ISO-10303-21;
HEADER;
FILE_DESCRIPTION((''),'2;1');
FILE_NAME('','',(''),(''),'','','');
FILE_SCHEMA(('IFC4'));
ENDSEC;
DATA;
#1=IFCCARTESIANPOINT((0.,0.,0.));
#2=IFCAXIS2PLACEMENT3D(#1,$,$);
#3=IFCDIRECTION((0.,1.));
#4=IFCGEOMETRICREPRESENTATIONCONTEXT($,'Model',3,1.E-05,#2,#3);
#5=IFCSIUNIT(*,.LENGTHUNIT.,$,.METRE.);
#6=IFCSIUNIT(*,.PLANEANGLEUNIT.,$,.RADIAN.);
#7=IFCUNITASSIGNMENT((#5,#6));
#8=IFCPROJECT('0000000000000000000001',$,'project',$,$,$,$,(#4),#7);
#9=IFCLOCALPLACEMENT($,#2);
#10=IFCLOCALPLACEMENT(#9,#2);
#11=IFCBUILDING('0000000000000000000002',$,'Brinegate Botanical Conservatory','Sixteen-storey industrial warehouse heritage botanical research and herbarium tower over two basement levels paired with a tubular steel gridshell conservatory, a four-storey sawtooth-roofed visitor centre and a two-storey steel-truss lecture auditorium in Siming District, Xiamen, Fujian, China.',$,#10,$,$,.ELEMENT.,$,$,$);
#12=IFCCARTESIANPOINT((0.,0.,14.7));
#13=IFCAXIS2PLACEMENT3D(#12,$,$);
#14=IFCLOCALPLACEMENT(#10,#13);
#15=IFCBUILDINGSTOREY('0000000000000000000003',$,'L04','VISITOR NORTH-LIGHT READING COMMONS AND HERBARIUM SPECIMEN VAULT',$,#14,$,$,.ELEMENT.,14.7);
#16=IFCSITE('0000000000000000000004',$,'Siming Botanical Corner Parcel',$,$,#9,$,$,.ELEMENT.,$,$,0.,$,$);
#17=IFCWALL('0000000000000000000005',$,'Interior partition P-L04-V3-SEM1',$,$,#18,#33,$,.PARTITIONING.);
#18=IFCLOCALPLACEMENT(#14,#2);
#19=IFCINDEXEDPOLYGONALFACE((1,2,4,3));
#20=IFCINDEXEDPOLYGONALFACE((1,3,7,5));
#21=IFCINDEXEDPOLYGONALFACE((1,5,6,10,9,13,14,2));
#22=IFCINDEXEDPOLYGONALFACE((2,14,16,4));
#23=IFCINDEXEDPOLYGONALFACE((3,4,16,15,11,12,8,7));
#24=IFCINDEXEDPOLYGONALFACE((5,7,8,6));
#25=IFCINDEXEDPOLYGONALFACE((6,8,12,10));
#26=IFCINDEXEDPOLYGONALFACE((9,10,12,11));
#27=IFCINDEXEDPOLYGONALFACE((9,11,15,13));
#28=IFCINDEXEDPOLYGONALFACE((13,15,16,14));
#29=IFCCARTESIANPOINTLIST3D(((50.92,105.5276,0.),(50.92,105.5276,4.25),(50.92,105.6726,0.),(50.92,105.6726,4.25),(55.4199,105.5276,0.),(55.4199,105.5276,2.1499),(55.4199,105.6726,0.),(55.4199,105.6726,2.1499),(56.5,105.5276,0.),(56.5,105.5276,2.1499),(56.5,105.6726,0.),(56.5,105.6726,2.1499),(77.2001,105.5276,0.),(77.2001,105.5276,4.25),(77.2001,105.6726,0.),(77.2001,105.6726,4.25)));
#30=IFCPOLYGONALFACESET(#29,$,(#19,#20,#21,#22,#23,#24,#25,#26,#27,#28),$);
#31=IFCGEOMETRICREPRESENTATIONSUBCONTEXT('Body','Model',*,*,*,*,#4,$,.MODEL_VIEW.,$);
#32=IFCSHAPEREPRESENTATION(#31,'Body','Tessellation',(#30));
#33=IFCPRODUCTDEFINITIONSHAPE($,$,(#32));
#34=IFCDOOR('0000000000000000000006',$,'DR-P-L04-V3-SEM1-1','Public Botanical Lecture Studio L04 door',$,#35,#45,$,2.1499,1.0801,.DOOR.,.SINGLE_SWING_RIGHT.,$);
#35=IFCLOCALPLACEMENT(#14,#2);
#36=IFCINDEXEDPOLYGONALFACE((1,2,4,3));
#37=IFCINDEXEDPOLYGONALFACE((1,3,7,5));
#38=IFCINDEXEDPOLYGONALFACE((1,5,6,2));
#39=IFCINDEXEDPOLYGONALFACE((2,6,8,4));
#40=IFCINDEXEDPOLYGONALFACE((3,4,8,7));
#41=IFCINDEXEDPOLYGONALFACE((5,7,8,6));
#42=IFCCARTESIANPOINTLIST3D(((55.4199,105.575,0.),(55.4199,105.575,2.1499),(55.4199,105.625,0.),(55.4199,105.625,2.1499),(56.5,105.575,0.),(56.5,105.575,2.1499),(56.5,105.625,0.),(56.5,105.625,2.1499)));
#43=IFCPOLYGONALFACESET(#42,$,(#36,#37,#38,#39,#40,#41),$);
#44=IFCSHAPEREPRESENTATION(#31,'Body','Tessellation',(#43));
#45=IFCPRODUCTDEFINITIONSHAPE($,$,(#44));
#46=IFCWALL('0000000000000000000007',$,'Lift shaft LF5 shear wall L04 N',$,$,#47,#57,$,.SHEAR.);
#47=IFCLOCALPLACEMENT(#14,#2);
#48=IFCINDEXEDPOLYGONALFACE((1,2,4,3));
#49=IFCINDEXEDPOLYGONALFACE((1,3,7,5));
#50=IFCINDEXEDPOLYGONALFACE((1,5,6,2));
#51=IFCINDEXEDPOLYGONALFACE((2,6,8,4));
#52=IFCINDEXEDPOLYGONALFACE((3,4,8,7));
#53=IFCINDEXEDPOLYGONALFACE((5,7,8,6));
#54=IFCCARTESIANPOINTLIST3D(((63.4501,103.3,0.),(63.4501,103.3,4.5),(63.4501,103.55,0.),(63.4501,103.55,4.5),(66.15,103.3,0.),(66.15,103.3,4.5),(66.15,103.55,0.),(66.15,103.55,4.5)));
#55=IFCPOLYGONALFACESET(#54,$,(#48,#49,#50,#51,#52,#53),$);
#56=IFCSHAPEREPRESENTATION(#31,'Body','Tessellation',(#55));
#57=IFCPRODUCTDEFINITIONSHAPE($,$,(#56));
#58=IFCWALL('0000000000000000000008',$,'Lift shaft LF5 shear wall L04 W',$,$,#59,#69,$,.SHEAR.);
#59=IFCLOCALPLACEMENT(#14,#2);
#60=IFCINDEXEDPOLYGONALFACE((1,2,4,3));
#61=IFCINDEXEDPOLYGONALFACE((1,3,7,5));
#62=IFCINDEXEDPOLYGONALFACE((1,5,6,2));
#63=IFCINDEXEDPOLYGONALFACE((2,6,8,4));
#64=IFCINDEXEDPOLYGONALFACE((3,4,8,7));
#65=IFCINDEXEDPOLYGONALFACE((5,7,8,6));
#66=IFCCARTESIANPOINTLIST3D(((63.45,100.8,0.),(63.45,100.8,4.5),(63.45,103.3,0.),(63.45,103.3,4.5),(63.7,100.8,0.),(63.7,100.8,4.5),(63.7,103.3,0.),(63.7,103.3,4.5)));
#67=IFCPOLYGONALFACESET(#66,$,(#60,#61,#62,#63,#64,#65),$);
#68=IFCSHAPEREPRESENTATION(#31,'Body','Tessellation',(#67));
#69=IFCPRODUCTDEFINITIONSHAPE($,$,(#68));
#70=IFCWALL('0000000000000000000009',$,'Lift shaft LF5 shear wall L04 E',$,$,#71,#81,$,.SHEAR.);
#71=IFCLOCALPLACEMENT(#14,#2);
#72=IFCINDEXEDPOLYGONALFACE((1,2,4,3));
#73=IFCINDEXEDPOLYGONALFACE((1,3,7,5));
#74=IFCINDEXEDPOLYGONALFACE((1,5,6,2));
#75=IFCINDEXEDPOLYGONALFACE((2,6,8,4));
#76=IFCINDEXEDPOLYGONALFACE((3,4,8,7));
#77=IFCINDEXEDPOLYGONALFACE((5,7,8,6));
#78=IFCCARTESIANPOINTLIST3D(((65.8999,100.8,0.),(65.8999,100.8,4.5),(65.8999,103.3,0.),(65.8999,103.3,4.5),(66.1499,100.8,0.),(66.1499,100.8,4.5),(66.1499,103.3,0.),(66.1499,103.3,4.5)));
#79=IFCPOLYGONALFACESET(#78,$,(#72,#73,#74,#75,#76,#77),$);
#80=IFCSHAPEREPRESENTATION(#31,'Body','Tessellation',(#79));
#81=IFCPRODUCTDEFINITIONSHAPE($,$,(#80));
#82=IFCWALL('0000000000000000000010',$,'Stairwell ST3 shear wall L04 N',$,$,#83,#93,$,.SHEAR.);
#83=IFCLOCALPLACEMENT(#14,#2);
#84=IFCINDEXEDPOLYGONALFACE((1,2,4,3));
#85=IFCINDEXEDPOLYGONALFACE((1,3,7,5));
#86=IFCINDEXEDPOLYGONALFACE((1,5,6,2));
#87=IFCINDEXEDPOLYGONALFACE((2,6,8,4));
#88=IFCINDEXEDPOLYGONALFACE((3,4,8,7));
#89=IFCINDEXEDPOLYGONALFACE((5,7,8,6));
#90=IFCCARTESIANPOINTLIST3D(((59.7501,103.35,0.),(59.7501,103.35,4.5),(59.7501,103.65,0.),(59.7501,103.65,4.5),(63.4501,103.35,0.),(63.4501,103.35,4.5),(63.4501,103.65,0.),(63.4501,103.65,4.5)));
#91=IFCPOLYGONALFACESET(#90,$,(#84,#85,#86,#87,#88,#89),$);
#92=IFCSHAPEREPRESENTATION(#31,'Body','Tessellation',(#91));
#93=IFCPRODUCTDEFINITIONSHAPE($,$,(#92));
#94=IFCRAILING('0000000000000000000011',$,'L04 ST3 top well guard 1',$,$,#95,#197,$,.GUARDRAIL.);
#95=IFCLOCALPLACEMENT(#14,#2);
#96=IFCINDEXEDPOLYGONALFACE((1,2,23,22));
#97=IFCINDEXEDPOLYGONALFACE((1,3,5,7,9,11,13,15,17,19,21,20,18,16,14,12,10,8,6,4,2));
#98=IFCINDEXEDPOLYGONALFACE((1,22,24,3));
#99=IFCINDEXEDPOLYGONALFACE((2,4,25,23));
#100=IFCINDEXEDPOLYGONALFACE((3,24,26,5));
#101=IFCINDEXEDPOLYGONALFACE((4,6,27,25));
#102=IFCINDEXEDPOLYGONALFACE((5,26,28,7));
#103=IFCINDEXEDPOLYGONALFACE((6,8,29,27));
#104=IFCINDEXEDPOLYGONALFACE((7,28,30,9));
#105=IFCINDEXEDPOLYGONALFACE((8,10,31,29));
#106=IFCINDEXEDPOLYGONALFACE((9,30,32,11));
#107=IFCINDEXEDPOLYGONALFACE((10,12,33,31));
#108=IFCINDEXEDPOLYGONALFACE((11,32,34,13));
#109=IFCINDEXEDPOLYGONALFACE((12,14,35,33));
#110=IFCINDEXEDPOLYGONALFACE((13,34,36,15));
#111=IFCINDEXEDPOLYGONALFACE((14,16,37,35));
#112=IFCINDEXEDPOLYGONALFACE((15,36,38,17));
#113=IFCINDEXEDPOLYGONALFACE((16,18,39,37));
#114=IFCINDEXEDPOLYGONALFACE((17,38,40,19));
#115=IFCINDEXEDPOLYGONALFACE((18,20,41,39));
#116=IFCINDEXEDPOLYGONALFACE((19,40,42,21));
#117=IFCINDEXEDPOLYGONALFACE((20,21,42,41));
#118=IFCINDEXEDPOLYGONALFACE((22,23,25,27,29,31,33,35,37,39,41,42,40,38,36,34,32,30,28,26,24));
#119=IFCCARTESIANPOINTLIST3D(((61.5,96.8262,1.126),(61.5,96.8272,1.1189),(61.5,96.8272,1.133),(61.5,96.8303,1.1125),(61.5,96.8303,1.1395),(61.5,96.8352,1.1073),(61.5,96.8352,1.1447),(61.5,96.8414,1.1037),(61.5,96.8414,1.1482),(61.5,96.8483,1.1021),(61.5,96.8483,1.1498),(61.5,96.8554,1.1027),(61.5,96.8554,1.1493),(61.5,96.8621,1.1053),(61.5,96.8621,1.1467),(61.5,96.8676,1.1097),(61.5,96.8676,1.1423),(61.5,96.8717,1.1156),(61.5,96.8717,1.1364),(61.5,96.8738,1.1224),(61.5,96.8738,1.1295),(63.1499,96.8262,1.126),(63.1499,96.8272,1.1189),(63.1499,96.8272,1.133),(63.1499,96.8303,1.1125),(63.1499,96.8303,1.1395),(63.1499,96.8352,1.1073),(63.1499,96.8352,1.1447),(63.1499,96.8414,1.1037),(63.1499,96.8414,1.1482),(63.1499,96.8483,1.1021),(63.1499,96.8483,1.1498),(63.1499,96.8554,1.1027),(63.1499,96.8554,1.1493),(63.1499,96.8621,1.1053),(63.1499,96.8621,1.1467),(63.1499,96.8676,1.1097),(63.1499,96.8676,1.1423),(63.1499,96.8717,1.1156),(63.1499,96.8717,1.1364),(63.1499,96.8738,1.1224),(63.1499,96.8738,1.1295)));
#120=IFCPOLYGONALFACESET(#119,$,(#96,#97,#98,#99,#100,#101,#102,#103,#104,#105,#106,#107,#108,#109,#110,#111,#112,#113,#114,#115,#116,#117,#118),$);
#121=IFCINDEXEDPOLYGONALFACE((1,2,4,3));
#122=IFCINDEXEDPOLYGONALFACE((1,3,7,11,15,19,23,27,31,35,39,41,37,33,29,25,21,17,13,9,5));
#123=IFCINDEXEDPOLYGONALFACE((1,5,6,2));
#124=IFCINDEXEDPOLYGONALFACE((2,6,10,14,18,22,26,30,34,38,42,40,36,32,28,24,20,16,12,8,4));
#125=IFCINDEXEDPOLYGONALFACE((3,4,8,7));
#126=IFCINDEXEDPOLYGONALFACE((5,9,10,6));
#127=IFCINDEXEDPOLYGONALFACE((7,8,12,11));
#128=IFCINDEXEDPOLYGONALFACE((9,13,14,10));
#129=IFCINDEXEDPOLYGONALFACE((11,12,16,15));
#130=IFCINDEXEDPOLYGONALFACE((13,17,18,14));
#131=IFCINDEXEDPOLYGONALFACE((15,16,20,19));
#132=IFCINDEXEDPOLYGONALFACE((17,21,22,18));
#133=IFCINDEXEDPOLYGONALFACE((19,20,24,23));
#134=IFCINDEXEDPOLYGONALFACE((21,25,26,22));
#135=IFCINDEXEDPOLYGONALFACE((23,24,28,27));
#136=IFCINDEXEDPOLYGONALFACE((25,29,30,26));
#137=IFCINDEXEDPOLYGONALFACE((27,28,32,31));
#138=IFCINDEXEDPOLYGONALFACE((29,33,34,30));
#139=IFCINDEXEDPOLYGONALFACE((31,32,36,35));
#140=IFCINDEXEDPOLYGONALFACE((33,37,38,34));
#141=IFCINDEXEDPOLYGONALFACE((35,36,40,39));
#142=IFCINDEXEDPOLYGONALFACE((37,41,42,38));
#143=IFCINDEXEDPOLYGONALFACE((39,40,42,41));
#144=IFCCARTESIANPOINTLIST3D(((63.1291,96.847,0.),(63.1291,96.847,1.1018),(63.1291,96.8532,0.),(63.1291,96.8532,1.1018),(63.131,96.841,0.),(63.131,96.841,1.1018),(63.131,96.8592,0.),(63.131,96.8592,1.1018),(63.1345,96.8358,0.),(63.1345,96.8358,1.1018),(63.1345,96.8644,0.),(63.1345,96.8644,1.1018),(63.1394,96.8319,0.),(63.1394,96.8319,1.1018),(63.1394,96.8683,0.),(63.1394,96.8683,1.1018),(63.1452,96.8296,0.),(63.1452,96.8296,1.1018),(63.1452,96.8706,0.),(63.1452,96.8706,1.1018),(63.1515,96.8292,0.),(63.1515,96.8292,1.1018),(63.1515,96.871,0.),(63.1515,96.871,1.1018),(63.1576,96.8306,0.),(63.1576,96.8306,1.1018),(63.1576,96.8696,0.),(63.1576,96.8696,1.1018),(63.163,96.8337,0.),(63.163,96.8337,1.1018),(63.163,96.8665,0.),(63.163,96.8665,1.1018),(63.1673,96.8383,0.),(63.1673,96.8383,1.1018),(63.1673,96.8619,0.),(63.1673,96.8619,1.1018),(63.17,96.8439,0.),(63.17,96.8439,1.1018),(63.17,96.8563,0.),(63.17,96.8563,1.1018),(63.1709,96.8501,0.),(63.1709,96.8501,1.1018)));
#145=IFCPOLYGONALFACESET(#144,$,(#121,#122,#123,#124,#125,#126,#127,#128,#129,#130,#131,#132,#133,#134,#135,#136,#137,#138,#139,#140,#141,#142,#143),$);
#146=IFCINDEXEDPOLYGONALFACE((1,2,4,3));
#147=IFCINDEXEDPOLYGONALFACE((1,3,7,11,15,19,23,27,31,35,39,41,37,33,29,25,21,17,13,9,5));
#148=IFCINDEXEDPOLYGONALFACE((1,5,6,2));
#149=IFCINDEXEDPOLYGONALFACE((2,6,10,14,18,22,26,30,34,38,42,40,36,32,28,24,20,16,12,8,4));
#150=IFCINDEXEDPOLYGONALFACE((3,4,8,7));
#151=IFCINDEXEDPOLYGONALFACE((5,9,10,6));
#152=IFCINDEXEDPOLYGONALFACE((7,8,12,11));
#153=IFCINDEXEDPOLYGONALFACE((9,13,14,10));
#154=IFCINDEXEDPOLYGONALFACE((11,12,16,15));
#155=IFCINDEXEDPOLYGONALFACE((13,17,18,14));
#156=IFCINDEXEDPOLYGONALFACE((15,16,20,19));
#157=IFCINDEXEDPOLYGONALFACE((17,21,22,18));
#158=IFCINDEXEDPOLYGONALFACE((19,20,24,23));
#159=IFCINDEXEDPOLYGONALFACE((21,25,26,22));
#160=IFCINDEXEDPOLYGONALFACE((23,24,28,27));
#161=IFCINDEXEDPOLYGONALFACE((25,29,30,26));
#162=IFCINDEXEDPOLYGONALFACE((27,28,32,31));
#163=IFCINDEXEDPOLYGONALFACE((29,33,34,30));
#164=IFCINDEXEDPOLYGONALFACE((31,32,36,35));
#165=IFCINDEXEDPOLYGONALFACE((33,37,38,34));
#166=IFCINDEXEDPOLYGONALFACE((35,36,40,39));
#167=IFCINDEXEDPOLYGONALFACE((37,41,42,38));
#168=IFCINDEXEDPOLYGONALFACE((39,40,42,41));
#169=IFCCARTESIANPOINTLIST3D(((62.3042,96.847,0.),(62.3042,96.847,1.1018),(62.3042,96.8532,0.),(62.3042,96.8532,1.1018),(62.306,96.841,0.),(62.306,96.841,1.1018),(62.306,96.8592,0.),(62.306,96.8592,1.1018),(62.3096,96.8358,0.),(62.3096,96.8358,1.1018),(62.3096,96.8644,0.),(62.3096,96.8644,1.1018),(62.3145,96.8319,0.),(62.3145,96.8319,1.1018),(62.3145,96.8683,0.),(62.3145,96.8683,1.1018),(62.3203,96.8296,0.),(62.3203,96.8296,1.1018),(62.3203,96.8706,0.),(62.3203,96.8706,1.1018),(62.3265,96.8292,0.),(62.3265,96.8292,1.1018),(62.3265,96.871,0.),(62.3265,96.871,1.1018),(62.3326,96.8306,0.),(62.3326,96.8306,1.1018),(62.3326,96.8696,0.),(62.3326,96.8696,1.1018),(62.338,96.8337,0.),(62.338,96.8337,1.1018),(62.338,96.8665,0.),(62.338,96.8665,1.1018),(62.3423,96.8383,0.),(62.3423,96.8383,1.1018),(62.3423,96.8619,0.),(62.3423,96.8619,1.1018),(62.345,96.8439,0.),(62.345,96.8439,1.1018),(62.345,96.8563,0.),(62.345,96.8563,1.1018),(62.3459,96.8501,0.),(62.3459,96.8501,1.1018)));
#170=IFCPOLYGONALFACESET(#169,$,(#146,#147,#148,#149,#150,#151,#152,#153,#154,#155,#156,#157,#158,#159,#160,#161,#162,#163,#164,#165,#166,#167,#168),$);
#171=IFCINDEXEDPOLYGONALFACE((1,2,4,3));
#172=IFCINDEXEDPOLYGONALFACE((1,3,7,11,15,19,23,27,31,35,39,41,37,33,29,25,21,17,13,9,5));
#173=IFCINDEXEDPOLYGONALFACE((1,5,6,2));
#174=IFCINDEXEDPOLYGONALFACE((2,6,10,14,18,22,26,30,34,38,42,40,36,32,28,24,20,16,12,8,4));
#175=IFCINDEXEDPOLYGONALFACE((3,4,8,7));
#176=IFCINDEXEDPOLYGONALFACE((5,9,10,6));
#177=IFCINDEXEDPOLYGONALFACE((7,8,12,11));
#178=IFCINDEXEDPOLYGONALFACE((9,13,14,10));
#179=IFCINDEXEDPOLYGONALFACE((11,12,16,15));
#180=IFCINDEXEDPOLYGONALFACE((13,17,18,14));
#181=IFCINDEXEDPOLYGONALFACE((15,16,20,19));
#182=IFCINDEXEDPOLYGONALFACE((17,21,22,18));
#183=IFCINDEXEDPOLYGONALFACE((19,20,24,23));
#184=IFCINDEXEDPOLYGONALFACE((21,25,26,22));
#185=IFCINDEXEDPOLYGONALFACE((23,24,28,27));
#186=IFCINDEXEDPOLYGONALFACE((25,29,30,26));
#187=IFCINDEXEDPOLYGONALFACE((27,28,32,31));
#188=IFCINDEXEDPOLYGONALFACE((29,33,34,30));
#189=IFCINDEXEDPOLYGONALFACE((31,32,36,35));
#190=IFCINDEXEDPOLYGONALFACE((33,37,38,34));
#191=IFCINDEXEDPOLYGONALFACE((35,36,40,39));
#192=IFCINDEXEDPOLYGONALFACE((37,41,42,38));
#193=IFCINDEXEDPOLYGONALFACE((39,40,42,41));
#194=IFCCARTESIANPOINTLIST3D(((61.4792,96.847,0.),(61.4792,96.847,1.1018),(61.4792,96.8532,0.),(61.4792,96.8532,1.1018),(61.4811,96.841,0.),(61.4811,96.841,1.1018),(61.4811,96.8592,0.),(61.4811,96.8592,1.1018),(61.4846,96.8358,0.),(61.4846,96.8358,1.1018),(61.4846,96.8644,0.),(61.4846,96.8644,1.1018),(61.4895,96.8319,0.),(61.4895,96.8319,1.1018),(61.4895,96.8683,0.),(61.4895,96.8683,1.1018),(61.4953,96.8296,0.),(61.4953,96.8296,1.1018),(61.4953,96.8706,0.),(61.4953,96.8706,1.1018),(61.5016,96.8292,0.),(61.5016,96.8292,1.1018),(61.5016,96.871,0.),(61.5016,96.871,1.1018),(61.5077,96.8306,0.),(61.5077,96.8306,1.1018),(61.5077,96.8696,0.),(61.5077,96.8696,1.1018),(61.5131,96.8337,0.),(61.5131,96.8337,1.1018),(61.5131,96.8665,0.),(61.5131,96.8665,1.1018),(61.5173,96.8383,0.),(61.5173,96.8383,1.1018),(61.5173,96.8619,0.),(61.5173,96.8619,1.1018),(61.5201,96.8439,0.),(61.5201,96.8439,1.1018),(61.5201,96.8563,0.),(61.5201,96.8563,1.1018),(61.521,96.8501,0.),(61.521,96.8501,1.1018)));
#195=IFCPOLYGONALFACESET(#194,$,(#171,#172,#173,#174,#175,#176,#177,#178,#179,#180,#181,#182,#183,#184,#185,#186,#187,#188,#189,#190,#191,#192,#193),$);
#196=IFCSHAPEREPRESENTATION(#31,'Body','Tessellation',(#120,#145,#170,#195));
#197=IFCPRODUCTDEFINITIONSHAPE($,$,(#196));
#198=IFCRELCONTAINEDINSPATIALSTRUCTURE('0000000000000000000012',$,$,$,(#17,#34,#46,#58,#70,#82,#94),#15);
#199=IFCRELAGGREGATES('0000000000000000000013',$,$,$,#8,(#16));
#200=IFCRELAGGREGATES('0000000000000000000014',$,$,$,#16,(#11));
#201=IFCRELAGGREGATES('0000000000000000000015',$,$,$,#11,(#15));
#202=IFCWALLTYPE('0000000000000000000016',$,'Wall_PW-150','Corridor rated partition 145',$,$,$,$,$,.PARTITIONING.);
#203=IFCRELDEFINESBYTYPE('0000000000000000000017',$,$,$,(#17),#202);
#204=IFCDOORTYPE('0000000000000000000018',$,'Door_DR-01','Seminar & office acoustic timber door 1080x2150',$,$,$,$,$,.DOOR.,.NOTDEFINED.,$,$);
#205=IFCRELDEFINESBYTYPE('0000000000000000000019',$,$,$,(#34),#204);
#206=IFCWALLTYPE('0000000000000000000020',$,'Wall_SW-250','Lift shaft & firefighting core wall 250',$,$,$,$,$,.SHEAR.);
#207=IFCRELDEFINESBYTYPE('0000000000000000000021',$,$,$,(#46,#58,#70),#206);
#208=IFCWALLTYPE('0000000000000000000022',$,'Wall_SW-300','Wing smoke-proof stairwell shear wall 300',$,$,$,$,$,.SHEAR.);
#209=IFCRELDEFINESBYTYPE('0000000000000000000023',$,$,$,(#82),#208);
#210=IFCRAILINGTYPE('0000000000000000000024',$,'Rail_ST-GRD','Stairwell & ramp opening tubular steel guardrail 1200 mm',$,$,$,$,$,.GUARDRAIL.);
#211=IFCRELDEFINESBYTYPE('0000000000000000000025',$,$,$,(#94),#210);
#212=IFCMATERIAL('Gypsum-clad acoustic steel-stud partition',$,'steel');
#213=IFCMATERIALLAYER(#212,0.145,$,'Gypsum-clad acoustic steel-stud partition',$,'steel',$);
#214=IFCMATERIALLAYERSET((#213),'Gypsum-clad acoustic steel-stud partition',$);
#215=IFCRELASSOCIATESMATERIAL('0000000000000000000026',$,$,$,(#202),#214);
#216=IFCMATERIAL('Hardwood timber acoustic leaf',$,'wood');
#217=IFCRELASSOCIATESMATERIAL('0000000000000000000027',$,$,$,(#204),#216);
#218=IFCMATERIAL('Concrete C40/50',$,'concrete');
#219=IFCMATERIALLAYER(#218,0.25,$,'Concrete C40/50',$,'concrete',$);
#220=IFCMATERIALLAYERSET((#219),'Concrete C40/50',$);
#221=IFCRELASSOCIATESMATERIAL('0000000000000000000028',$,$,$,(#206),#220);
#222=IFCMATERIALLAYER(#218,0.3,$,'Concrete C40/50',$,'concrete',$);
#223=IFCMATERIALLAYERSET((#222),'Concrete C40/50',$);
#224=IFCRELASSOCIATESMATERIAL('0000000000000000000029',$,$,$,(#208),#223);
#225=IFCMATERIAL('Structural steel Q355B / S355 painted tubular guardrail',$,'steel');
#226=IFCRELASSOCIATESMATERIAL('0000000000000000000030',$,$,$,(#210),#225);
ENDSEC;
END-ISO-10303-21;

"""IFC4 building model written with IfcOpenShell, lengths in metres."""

from ifc_helpers import new_model, si_unit, direction, frame, frame_2d, origin, origin_2d, place, context, subcontext, project, spatial, rectangle, circle, extrude, material, layer, layer_set, type_object, element, fill, save


model = new_model("IFC4")

# Units and contexts
model_context = context("Model", 3, precision=1e-05, world=origin(), true_north=direction((0.0, 1.0)))
body_context = subcontext(model_context, "Body", "Model", "MODEL_VIEW")
ifc_project = project(units=[si_unit("LENGTHUNIT", "METRE"), si_unit("PLANEANGLEUNIT", "RADIAN")], contexts=[model_context])

# Site, building, storey
site_placement = place(None, origin())
site = spatial("IfcSite", under=ifc_project, at=site_placement, Name="Siming Botanical Corner Parcel", CompositionType="ELEMENT", RefElevation=0.0)
building_placement = place(site_placement, origin())
building = spatial("IfcBuilding", under=site, at=building_placement, Name="Brinegate Botanical Conservatory", Description="Sixteen-storey industrial warehouse heritage botanical research and herbarium tower over two basement levels paired with a tubular steel gridshell conservatory, a four-storey sawtooth-roofed visitor centre and a two-storey steel-truss lecture auditorium in Siming District, Xiamen, Fujian, China.", CompositionType="ELEMENT")
storey_placement = place(building_placement, frame((0.0, 0.0, 14.7)))
storey = spatial("IfcBuildingStorey", under=building, at=storey_placement, Name="L04", Description="VISITOR NORTH-LIGHT READING COMMONS AND HERBARIUM SPECIMEN VAULT", CompositionType="ELEMENT", Elevation=14.7)

# Shared definitions
ifc_material_1 = material(Name="Concrete C40/50", Category="concrete")

# Wall, opening, door
ifc_material_2 = material(Name="Gypsum-clad acoustic steel-stud partition", Category="steel")
ifc_layer_1 = layer(ifc_material_2, 0.145, Name="Gypsum-clad acoustic steel-stud partition", Category="steel")
ifc_layer_set_1 = layer_set([ifc_layer_1], Name="Gypsum-clad acoustic steel-stud partition")
wall_type_1 = type_object("IfcWallType", Name="Wall_PW-150", Description="Corridor rated partition 145", PredefinedType="PARTITIONING", material=ifc_layer_set_1)
wall_1_placement = place(storey_placement, frame((50.9199, 105.6001, 0.0), z_axis=(0.0, 0.0, 1.0), x_axis=(1.0, 0.0, 0.0)))
wall_1 = element("IfcWall", 1, at=wall_1_placement, inside=storey, type_object=wall_type_1, Name="Interior partition P-L04-V3-SEM1", PredefinedType="PARTITIONING", context=body_context, shape_type="SweptSolid", body=[
    extrude(rectangle(XDim=26.28, YDim=0.145, at=frame_2d((13.1401, 0.0))), origin(), (0.0, 0.0, 1.0), 4.25),
])
opening_1_placement = place(wall_1_placement, frame((4.5, 0.0, 0.0)))
opening_1 = element("IfcOpeningElement", 2, at=opening_1_placement, cuts=wall_1, PredefinedType="OPENING", context=body_context, shape_type="SweptSolid", body=[
    extrude(rectangle(XDim=1.0801, YDim=2.1499, at=frame_2d((0.54, 1.075))), frame((0.0, 0.0825, 0.0), z_axis=(0.0, -1.0, 0.0), x_axis=(1.0, 0.0, 0.0)), (0.0, 0.0, 1.0), 0.165),
])
ifc_material_3 = material(Name="Hardwood timber acoustic leaf", Category="wood")
door_type_1 = type_object("IfcDoorType", Name="Door_DR-01", Description="Seminar & office acoustic timber door 1080x2150", OperationType="NOTDEFINED", PredefinedType="DOOR", material=ifc_material_3)
door_1_placement = place(opening_1_placement, origin())
door_1 = element("IfcDoor", 3, at=door_1_placement, inside=storey, type_object=door_type_1, Name="DR-P-L04-V3-SEM1-1", Description="Public Botanical Lecture Studio L04 door", OperationType="SINGLE_SWING_RIGHT", OverallHeight=2.1499, OverallWidth=1.0801, PredefinedType="DOOR", context=body_context, shape_type="SweptSolid", body=[
    extrude(rectangle(XDim=1.0801, YDim=2.1499, at=frame_2d((0.54, 1.075))), frame((0.0, 0.0249, 0.0), z_axis=(0.0, -1.0, 0.0), x_axis=(1.0, 0.0, 0.0)), (0.0, 0.0, 1.0), 0.05),
])
fill(opening_1, door_1)
ifc_layer_2 = layer(ifc_material_1, 0.25, Name="Concrete C40/50", Category="concrete")
ifc_layer_set_2 = layer_set([ifc_layer_2], Name="Concrete C40/50")
wall_type_2 = type_object("IfcWallType", Name="Wall_SW-250", Description="Lift shaft & firefighting core wall 250", PredefinedType="SHEAR", material=ifc_layer_set_2)

# Walls
wall_2_placement = place(storey_placement, frame((63.45, 103.425, 0.0), z_axis=(0.0, 0.0, 1.0), x_axis=(1.0, 0.0, 0.0)))
element("IfcWall", 4, at=wall_2_placement, inside=storey, type_object=wall_type_2, Name="Lift shaft LF5 shear wall L04 N", PredefinedType="SHEAR", context=body_context, shape_type="SweptSolid", body=[
    extrude(rectangle(XDim=2.7, YDim=0.25, at=frame_2d((1.3501, 0.0))), origin(), (0.0, 0.0, 1.0), 4.5),
])
for number, where, z_axis, x_axis, name in (
    (5, (63.575, 100.8, 0.0), (0.0, 0.0, 1.0), (0.0, 1.0, 0.0), "Lift shaft LF5 shear wall L04 W"),
    (6, (66.0249, 100.8, 0.0), (0.0, 0.0, 1.0), (0.0, 1.0, 0.0), "Lift shaft LF5 shear wall L04 E"),
):
    element("IfcWall", number, at=place(storey_placement, frame(where, z_axis=z_axis, x_axis=x_axis)), inside=storey, type_object=wall_type_2, Name=name, PredefinedType="SHEAR", context=body_context, shape_type="SweptSolid", body=[
        extrude(rectangle(XDim=2.5, YDim=0.25, at=frame_2d((1.25, 0.0))), origin(), (0.0, 0.0, 1.0), 4.5),
    ])
ifc_layer_3 = layer(ifc_material_1, 0.3, Name="Concrete C40/50", Category="concrete")
ifc_layer_set_3 = layer_set([ifc_layer_3], Name="Concrete C40/50")
wall_type_3 = type_object("IfcWallType", Name="Wall_SW-300", Description="Wing smoke-proof stairwell shear wall 300", PredefinedType="SHEAR", material=ifc_layer_set_3)
wall_3_placement = place(storey_placement, frame((59.75, 103.5, 0.0), z_axis=(0.0, 0.0, 1.0), x_axis=(1.0, 0.0, 0.0)))
element("IfcWall", 7, at=wall_3_placement, inside=storey, type_object=wall_type_3, Name="Stairwell ST3 shear wall L04 N", PredefinedType="SHEAR", context=body_context, shape_type="SweptSolid", body=[
    extrude(rectangle(XDim=3.7, YDim=0.3, at=frame_2d((1.8501, 0.0))), origin(), (0.0, 0.0, 1.0), 4.5),
])

# Railing
ifc_material_4 = material(Name="Structural steel Q355B / S355 painted tubular guardrail", Category="steel")
railing_type = type_object("IfcRailingType", Name="Rail_ST-GRD", Description="Stairwell & ramp opening tubular steel guardrail 1200 mm", PredefinedType="GUARDRAIL", material=ifc_material_4)
railing_placement = place(storey_placement, frame((63.1499, 96.8501, 0.0)))
element("IfcRailing", 8, at=railing_placement, inside=storey, type_object=railing_type, Name="L04 ST3 top well guard 1", PredefinedType="GUARDRAIL", context=body_context, shape_type="SweptSolid", body=[
    extrude(circle(Radius=0.0239, at=origin_2d()), frame((0.0, 0.0, 1.126), z_axis=(-1.0, 0.0, 0.0), x_axis=(0.0, -1.0, 0.0)), (0.0, 0.0, 1.0), 1.6499),
    extrude(circle(Radius=0.021, at=origin_2d()), origin(), (0.0, 0.0, 1.0), 1.1018),
    extrude(circle(Radius=0.021, at=origin_2d()), frame((-0.825, 0.0, 0.0)), (0.0, 0.0, 1.0), 1.1018),
    extrude(circle(Radius=0.021, at=origin_2d()), frame((-1.6499, 0.0, 0.0)), (0.0, 0.0, 1.0), 1.1018),
])

save(model, "model.ifc")
